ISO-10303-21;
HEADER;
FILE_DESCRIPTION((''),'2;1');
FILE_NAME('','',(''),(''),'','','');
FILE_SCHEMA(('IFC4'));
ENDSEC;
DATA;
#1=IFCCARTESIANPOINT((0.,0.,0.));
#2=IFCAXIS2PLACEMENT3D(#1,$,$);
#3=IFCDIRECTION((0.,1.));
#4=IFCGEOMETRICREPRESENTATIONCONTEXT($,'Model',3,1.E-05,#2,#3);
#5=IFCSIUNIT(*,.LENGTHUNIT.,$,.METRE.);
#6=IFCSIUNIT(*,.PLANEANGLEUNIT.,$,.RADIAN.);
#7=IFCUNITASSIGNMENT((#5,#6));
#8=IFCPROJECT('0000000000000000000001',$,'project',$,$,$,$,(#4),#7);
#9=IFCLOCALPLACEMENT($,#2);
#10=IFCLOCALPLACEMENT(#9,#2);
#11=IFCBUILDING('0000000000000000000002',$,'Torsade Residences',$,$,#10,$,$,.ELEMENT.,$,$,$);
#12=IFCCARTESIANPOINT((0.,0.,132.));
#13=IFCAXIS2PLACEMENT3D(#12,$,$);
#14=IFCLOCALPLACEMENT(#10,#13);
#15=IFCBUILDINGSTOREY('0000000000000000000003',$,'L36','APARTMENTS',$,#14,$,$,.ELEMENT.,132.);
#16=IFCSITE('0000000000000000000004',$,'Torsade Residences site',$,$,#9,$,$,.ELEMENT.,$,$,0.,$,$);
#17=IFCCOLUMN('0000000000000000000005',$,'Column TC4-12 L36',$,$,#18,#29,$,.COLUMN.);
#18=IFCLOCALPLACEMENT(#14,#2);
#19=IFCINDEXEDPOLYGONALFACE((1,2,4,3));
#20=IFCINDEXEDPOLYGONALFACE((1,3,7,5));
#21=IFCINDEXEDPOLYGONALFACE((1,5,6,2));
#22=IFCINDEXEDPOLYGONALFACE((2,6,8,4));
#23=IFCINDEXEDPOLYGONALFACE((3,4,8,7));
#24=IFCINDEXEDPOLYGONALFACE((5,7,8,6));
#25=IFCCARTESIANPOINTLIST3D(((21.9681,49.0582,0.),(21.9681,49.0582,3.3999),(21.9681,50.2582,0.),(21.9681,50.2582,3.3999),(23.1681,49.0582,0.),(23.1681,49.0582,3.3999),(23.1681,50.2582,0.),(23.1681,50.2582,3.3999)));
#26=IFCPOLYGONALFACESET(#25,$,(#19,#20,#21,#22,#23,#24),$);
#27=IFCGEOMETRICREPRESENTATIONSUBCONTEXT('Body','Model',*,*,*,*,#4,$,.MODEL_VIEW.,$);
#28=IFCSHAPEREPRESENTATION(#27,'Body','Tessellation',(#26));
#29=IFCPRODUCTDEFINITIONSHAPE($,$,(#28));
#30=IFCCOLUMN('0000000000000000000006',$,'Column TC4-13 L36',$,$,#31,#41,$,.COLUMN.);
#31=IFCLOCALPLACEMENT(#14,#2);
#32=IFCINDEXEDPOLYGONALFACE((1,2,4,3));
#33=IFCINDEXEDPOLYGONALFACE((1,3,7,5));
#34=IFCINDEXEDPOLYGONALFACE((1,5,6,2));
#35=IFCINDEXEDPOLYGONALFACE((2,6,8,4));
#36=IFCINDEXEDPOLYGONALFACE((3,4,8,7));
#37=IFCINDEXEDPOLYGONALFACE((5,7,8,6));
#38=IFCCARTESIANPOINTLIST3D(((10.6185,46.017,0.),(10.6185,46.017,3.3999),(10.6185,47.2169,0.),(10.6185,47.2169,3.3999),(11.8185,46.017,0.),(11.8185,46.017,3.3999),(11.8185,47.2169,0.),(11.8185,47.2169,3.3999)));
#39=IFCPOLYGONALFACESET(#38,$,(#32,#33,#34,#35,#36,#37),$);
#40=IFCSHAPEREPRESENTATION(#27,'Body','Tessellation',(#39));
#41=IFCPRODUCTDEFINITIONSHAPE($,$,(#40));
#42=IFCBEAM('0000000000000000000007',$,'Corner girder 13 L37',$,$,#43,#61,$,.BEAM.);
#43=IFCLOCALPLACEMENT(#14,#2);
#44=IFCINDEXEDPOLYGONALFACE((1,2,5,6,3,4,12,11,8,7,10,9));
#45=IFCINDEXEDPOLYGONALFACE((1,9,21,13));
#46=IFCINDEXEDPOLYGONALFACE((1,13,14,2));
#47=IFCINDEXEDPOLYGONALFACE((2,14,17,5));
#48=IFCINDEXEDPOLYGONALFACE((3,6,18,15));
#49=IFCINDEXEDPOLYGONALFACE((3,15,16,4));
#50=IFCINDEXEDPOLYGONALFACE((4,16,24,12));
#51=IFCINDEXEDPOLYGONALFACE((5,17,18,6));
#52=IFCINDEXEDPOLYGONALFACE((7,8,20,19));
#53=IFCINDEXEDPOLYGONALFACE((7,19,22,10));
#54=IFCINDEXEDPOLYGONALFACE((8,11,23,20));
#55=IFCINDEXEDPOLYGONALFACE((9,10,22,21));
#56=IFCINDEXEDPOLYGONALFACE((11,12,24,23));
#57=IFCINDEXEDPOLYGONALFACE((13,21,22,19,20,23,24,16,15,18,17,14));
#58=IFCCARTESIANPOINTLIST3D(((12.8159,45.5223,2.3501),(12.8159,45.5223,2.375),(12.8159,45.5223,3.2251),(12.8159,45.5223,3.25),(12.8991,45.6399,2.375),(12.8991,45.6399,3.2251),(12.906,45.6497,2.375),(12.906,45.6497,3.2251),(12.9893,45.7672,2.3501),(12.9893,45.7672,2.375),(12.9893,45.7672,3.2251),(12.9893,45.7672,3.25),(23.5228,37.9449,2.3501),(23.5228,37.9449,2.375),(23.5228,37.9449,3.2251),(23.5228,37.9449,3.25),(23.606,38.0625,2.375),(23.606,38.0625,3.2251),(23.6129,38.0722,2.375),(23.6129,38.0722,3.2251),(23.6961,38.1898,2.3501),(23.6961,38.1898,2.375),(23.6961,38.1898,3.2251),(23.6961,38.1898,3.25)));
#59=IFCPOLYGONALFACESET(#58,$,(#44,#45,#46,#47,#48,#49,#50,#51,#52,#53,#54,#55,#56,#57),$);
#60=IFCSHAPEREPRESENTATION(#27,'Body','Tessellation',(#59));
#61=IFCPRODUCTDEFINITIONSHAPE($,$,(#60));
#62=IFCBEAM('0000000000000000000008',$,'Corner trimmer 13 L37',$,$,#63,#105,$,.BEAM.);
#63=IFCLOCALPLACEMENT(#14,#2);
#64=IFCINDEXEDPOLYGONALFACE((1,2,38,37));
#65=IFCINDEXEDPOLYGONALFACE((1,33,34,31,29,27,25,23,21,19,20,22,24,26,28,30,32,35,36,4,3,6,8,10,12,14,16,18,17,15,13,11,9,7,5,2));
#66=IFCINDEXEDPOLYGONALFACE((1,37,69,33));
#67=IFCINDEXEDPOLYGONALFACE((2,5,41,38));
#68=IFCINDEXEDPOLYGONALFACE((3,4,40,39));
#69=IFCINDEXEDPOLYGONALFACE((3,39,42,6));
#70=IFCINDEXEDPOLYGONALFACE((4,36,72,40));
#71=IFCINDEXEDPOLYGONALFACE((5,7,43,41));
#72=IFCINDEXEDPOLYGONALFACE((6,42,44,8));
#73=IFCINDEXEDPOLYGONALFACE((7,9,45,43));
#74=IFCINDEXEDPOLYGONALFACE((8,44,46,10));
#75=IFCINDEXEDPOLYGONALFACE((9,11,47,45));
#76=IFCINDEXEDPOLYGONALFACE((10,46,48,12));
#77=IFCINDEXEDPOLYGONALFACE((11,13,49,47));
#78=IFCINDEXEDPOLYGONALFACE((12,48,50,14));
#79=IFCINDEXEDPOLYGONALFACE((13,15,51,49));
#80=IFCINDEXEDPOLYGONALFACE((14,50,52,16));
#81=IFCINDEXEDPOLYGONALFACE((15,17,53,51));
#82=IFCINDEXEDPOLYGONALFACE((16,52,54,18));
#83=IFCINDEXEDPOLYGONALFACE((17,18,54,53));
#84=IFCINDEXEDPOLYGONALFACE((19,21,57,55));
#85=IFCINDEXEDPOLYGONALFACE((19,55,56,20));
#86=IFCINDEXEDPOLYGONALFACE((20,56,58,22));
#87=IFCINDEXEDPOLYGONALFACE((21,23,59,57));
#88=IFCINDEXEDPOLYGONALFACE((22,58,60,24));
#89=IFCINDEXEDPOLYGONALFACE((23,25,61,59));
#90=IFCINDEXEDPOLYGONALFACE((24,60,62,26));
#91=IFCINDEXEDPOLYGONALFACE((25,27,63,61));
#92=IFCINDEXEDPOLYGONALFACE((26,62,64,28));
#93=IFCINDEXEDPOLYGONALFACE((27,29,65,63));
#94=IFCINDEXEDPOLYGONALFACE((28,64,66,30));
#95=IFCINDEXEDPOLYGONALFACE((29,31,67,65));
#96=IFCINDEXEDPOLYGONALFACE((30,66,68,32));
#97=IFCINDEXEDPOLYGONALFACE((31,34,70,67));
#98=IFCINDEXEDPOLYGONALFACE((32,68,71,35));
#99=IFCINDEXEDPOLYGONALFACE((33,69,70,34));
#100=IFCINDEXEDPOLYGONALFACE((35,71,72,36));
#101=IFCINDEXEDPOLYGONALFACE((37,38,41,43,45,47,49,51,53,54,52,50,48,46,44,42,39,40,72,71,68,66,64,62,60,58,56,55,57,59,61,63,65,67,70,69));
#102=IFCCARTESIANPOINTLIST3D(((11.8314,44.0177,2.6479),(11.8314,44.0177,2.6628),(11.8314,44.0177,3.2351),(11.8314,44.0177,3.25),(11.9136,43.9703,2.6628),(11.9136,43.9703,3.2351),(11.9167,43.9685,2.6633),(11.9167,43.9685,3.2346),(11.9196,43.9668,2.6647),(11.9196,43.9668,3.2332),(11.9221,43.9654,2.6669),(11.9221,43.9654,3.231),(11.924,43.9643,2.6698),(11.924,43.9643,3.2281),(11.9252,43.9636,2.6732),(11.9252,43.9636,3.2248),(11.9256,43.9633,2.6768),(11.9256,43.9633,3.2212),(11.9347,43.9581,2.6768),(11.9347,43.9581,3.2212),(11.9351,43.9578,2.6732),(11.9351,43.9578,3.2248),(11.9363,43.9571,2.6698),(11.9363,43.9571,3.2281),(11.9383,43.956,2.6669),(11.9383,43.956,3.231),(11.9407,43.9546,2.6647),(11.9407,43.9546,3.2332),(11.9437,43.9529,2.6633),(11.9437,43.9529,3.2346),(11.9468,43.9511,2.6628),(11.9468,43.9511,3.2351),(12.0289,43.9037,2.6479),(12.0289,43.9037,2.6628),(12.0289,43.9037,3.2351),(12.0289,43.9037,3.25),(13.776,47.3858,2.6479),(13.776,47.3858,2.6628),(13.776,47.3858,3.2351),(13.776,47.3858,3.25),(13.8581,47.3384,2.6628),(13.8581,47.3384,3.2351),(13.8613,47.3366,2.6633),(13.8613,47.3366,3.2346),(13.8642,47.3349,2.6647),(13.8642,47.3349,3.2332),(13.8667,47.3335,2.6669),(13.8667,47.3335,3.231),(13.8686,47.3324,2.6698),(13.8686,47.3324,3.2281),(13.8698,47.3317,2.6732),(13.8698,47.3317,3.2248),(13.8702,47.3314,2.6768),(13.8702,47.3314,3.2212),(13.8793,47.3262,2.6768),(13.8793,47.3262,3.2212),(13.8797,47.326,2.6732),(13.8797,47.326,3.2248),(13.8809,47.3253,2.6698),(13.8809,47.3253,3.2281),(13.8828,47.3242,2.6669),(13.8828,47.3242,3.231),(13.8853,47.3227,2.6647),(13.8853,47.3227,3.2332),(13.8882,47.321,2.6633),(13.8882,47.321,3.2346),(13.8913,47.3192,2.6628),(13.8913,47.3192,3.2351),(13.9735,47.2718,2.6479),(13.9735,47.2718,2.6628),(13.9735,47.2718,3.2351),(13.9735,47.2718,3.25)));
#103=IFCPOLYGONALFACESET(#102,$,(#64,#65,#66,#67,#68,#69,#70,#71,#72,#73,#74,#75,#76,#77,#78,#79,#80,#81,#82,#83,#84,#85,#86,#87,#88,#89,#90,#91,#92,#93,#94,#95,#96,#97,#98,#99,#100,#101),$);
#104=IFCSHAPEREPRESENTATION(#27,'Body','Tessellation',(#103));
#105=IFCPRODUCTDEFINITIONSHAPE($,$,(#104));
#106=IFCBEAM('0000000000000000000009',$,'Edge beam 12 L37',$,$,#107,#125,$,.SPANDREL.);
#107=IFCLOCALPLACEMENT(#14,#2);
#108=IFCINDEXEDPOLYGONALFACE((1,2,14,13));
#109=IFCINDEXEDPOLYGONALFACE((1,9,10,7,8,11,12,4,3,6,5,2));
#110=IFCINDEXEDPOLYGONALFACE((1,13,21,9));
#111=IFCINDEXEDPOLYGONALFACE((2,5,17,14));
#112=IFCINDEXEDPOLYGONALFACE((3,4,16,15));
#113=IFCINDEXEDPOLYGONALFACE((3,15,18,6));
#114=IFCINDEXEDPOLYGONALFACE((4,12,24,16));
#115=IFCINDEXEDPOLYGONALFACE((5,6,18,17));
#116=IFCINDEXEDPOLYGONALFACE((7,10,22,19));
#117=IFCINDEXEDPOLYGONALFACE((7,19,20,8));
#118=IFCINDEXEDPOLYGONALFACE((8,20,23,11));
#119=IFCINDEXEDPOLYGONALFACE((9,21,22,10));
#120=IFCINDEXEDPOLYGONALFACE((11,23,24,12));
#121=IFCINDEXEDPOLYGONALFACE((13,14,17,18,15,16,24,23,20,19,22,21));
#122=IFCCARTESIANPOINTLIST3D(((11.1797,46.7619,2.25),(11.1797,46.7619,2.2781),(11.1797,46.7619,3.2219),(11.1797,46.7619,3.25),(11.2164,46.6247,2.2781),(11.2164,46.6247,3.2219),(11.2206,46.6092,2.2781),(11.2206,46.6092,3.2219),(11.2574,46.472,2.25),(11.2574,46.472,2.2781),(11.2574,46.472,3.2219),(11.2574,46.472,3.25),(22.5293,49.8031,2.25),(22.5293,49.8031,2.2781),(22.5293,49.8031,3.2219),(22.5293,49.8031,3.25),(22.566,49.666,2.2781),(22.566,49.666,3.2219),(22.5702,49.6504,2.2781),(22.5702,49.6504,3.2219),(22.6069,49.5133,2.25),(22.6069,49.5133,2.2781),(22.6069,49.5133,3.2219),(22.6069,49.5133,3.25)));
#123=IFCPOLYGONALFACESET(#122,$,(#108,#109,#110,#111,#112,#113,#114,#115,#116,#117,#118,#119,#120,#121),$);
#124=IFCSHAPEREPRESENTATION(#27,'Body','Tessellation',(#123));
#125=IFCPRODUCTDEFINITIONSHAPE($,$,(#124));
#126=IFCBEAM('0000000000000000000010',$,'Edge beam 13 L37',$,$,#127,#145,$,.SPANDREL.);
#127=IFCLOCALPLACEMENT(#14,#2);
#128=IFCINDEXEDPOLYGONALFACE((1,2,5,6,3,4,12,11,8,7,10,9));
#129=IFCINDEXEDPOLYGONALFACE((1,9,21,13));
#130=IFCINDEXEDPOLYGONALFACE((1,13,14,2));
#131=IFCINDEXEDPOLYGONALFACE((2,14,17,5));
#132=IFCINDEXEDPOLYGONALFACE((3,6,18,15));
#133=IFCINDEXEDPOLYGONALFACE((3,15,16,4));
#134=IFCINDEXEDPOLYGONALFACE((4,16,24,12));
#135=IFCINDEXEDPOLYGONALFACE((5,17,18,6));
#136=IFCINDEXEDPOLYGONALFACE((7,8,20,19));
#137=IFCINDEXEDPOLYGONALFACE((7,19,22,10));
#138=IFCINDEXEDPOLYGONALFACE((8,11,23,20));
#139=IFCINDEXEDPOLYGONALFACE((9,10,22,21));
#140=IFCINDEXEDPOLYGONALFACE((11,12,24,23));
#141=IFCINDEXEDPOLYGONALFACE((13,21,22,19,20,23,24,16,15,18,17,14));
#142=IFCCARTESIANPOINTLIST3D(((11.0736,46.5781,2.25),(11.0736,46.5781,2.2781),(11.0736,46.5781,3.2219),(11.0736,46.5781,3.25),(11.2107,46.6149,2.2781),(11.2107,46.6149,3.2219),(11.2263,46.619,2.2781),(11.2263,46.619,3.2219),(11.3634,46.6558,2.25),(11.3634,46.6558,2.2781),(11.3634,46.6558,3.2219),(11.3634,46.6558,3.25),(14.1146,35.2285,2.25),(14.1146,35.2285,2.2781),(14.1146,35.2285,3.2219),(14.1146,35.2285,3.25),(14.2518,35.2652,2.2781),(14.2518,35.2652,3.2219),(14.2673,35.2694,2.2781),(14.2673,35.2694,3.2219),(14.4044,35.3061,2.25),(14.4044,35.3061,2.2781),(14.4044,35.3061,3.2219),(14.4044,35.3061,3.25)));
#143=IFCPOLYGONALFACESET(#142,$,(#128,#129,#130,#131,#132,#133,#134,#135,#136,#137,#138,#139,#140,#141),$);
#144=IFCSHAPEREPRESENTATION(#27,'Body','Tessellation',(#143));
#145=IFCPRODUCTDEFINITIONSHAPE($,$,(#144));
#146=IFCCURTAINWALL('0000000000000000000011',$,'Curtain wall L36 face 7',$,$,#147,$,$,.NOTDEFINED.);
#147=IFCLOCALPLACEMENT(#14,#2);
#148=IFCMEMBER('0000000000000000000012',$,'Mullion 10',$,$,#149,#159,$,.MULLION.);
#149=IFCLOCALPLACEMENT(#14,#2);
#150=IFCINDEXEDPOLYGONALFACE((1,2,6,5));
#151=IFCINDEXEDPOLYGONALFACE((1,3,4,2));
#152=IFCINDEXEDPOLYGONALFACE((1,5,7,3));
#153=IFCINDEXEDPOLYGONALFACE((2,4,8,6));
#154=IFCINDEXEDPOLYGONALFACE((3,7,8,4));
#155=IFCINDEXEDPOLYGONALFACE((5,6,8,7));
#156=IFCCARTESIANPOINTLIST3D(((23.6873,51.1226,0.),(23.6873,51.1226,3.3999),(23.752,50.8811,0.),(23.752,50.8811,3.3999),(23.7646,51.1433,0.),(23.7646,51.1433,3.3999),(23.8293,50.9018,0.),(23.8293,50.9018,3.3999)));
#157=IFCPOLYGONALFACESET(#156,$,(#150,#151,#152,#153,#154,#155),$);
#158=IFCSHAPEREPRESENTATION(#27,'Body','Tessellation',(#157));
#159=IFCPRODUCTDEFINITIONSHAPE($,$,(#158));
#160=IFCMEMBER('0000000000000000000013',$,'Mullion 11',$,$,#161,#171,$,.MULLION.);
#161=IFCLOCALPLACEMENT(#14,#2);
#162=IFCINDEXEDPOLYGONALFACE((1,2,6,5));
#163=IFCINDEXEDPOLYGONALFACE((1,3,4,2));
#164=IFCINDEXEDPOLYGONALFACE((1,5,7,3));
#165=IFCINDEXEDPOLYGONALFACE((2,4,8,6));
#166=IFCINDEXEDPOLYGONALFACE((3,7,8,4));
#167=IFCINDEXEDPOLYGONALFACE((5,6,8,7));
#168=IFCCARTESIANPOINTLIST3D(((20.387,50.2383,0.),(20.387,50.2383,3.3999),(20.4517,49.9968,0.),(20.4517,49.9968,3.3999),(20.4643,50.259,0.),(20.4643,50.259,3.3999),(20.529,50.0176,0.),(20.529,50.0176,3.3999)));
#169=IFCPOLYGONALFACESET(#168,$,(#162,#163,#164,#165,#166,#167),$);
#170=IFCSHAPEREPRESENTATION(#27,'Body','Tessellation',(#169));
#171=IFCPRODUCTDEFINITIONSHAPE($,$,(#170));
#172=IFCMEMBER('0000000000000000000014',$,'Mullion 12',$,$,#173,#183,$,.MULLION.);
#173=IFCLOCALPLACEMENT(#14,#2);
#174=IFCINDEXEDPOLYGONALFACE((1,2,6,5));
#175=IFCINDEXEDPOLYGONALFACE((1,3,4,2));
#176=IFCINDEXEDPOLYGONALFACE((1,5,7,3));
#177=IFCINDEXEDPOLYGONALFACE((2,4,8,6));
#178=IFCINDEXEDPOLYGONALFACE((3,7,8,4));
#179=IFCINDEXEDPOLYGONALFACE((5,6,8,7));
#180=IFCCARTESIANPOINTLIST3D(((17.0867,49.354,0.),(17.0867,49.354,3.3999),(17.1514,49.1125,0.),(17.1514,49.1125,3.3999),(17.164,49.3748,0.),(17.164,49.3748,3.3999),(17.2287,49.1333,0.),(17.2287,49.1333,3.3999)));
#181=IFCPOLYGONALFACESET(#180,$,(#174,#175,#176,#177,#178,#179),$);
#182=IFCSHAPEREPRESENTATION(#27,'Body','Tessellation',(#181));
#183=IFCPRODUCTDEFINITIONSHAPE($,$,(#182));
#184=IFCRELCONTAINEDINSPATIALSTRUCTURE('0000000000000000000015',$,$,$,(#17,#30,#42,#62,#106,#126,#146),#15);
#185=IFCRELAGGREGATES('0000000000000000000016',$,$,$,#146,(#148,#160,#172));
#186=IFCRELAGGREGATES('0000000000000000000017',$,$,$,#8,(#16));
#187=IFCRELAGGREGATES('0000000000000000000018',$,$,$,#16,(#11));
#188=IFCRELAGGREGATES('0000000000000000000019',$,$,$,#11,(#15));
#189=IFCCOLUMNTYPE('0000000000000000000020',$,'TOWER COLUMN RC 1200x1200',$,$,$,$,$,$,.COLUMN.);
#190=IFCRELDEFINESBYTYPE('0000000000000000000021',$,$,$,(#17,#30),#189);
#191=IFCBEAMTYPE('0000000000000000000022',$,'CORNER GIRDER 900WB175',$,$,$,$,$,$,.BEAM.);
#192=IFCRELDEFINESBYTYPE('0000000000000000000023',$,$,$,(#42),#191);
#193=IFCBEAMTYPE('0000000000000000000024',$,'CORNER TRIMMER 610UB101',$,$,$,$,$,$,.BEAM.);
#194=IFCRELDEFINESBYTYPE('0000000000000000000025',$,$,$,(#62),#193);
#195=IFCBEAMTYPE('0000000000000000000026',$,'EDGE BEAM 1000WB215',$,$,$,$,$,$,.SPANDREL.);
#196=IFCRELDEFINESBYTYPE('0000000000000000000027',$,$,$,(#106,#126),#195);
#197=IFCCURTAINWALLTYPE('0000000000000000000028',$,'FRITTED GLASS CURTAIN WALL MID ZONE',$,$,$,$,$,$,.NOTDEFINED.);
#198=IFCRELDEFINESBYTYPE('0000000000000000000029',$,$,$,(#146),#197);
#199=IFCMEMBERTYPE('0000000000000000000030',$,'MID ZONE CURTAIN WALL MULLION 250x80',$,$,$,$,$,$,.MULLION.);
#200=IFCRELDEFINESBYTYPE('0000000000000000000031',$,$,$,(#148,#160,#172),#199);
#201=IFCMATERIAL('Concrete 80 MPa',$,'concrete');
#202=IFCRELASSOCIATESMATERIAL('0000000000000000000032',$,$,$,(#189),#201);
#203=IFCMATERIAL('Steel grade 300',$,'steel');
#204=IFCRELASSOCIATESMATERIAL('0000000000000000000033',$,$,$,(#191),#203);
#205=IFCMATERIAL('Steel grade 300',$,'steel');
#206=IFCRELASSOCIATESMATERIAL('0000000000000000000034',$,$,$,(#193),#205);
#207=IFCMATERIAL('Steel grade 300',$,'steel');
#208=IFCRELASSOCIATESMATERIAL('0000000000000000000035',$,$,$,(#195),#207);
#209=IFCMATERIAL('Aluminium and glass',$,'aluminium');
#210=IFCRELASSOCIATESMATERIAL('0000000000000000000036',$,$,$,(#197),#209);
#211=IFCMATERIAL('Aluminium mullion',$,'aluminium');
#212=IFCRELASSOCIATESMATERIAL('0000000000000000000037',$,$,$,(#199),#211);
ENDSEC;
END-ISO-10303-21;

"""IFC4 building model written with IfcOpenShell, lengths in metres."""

from ifc_helpers import new_model, si_unit, direction, frame, origin, origin_2d, place, context, subcontext, project, spatial, rectangle, i_section, extrude, material, material_profile, profile_set, type_object, element, aggregate, save


model = new_model("IFC4")

# Units and contexts
model_context = context("Model", 3, precision=1e-05, world=origin(), true_north=direction((0.0, 1.0)))
body_context = subcontext(model_context, "Body", "Model", "MODEL_VIEW")
ifc_project = project(units=[si_unit("LENGTHUNIT", "METRE"), si_unit("PLANEANGLEUNIT", "RADIAN")], contexts=[model_context])

# Site, building, storey
site_placement = place(None, origin())
site = spatial("IfcSite", under=ifc_project, at=site_placement, Name="Torsade Residences site", CompositionType="ELEMENT", RefElevation=0.0)
building_placement = place(site_placement, origin())
building = spatial("IfcBuilding", under=site, at=building_placement, Name="Torsade Residences", CompositionType="ELEMENT")
storey_placement = place(building_placement, frame((0.0, 0.0, 132.0)))
storey = spatial("IfcBuildingStorey", under=building, at=storey_placement, Name="L36", Description="APARTMENTS", CompositionType="ELEMENT", Elevation=132.0)

# Columns
ifc_material_1 = material(Name="Concrete 80 MPa", Category="concrete")
ifc_material_profile_1 = material_profile(ifc_material_1, rectangle(XDim=1.2, YDim=1.2, at=origin_2d()), Name="RC 1200x1200")
ifc_profile_set_1 = profile_set([ifc_material_profile_1], Name="Concrete 80 MPa")
column_type = type_object("IfcColumnType", Name="TOWER COLUMN RC 1200x1200", PredefinedType="COLUMN", material=ifc_profile_set_1)
for number, where, z_axis, x_axis, name in (
    (1, (22.5681, 49.6582, 0.0), (0.0, 0.0, 1.0), (1.0, 0.0, 0.0), "Column TC4-12 L36"),
    (2, (11.2185, 46.6169, 0.0), (0.0, 0.0, 1.0), (1.0, 0.0, 0.0), "Column TC4-13 L36"),
):
    element("IfcColumn", number, at=place(storey_placement, frame(where, z_axis=z_axis, x_axis=x_axis)), inside=storey, type_object=column_type, Name=name, PredefinedType="COLUMN", context=body_context, shape_type="SweptSolid", body=[
        extrude(rectangle(XDim=1.2, YDim=1.2, at=origin_2d()), origin(), (0.0, 0.0, 1.0), 3.3999),
    ])

# Beams
ifc_material_2 = material(Name="Steel grade 300", Category="steel")
ifc_material_profile_2 = material_profile(ifc_material_2, i_section(OverallWidth=0.3, OverallDepth=0.8999, WebThickness=0.012, FlangeThickness=0.0249, at=origin_2d()), Name="900WB175")
ifc_profile_set_2 = profile_set([ifc_material_profile_2], Name="Steel grade 300")
beam_type_1 = type_object("IfcBeamType", Name="CORNER GIRDER 900WB175", PredefinedType="BEAM", material=ifc_profile_set_2)
beam_1_placement = place(storey_placement, frame((12.9026, 45.6448, 2.8), z_axis=(0.816261, -0.577683, 0.0), x_axis=(0.577683, 0.816261, 0.0)))
element("IfcBeam", 3, at=beam_1_placement, inside=storey, type_object=beam_type_1, Name="Corner girder 13 L37", PredefinedType="BEAM", context=body_context, shape_type="SweptSolid", body=[
    extrude(i_section(OverallWidth=0.3, OverallDepth=0.8999, WebThickness=0.012, FlangeThickness=0.0249, at=origin_2d()), origin(), (0.0, 0.0, 1.0), 13.1169),
])
ifc_material_3 = material(Name="Steel grade 300", Category="steel")
ifc_material_profile_3 = material_profile(ifc_material_3, i_section(OverallWidth=0.228, OverallDepth=0.6021, WebThickness=0.0105, FlangeThickness=0.0149, FilletRadius=0.0139, at=origin_2d()), Name="610UB101")
ifc_profile_set_3 = profile_set([ifc_material_profile_3], Name="Steel grade 300")
beam_type_2 = type_object("IfcBeamType", Name="CORNER TRIMMER 610UB101", PredefinedType="BEAM", material=ifc_profile_set_3)
beam_2_placement = place(storey_placement, frame((11.9302, 43.9607, 2.949), z_axis=(0.499994, 0.866029, 0.0), x_axis=(-0.866029, 0.499994, 0.0)))
element("IfcBeam", 4, at=beam_2_placement, inside=storey, type_object=beam_type_2, Name="Corner trimmer 13 L37", PredefinedType="BEAM", context=body_context, shape_type="SweptSolid", body=[
    extrude(i_section(OverallWidth=0.228, OverallDepth=0.6021, WebThickness=0.0105, FlangeThickness=0.0149, FilletRadius=0.0139, at=origin_2d()), origin(), (0.0, 0.0, 1.0), 3.8892),
])
ifc_material_4 = material(Name="Steel grade 300", Category="steel")
ifc_material_profile_4 = material_profile(ifc_material_4, i_section(OverallWidth=0.3, OverallDepth=1.0, WebThickness=0.0161, FlangeThickness=0.0281, at=origin_2d()), Name="1000WB215")
ifc_profile_set_4 = profile_set([ifc_material_profile_4], Name="Steel grade 300")
beam_type_3 = type_object("IfcBeamType", Name="EDGE BEAM 1000WB215", PredefinedType="SPANDREL", material=ifc_profile_set_4)
for number, where, z_axis, x_axis, name in (
    (5, (22.5681, 49.6582, 2.75), (-0.965923, -0.25883, 0.0), (0.25883, -0.965923, 0.0), "Edge beam 12 L37"),
    (6, (11.2185, 46.6169, 2.75), (0.258811, -0.965928, 0.0), (0.965928, 0.258811, 0.0), "Edge beam 13 L37"),
):
    element("IfcBeam", number, at=place(storey_placement, frame(where, z_axis=z_axis, x_axis=x_axis)), inside=storey, type_object=beam_type_3, Name=name, PredefinedType="SPANDREL", context=body_context, shape_type="SweptSolid", body=[
        extrude(i_section(OverallWidth=0.3, OverallDepth=1.0, WebThickness=0.0161, FlangeThickness=0.0281, at=origin_2d()), origin(), (0.0, 0.0, 1.0), 11.75),
    ])

# Curtain wall, members
ifc_material_5 = material(Name="Aluminium and glass", Category="aluminium")
curtain_wall_type = type_object("IfcCurtainWallType", Name="FRITTED GLASS CURTAIN WALL MID ZONE", PredefinedType="NOTDEFINED", material=ifc_material_5)
curtain_wall_1_placement = place(storey_placement, origin())
curtain_wall_1 = element("IfcCurtainWall", 7, at=curtain_wall_1_placement, inside=storey, type_object=curtain_wall_type, Name="Curtain wall L36 face 7", PredefinedType="NOTDEFINED")
ifc_material_6 = material(Name="Aluminium mullion", Category="aluminium")
ifc_material_profile_5 = material_profile(ifc_material_6, rectangle(XDim=0.25, YDim=0.0801, at=origin_2d()), Name="MID ZONE CURTAIN WALL MULLION 250x80")
ifc_profile_set_5 = profile_set([ifc_material_profile_5], Name="Aluminium mullion")
member_type_1 = type_object("IfcMemberType", Name="MID ZONE CURTAIN WALL MULLION 250x80", PredefinedType="MULLION", material=ifc_profile_set_5)
member_1_placement = place(storey_placement, frame((23.7583, 51.0122, 0.0), z_axis=(0.0, 0.0, 1.0), x_axis=(0.258819, -0.965926, 0.0)))
member_1 = element("IfcMember", 8, at=member_1_placement, type_object=member_type_1, Name="Mullion 10", PredefinedType="MULLION", context=body_context, shape_type="SweptSolid", body=[
    extrude(rectangle(XDim=0.25, YDim=0.0801, at=origin_2d()), origin(), (0.0, 0.0, 1.0), 3.3999),
])
member_2_placement = place(storey_placement, frame((20.458, 50.1279, 0.0), z_axis=(0.0, 0.0, 1.0), x_axis=(0.258819, -0.965926, 0.0)))
member_2 = element("IfcMember", 9, at=member_2_placement, type_object=member_type_1, Name="Mullion 11", PredefinedType="MULLION", context=body_context, shape_type="SweptSolid", body=[
    extrude(rectangle(XDim=0.25, YDim=0.0801, at=origin_2d()), origin(), (0.0, 0.0, 1.0), 3.3999),
])
member_3_placement = place(storey_placement, frame((17.1577, 49.2437, 0.0), z_axis=(0.0, 0.0, 1.0), x_axis=(0.258819, -0.965926, 0.0)))
member_3 = element("IfcMember", 10, at=member_3_placement, type_object=member_type_1, Name="Mullion 12", PredefinedType="MULLION", context=body_context, shape_type="SweptSolid", body=[
    extrude(rectangle(XDim=0.25, YDim=0.0801, at=origin_2d()), origin(), (0.0, 0.0, 1.0), 3.3999),
])

aggregate(curtain_wall_1, [member_1, member_2, member_3])

save(model, "model.ifc")
